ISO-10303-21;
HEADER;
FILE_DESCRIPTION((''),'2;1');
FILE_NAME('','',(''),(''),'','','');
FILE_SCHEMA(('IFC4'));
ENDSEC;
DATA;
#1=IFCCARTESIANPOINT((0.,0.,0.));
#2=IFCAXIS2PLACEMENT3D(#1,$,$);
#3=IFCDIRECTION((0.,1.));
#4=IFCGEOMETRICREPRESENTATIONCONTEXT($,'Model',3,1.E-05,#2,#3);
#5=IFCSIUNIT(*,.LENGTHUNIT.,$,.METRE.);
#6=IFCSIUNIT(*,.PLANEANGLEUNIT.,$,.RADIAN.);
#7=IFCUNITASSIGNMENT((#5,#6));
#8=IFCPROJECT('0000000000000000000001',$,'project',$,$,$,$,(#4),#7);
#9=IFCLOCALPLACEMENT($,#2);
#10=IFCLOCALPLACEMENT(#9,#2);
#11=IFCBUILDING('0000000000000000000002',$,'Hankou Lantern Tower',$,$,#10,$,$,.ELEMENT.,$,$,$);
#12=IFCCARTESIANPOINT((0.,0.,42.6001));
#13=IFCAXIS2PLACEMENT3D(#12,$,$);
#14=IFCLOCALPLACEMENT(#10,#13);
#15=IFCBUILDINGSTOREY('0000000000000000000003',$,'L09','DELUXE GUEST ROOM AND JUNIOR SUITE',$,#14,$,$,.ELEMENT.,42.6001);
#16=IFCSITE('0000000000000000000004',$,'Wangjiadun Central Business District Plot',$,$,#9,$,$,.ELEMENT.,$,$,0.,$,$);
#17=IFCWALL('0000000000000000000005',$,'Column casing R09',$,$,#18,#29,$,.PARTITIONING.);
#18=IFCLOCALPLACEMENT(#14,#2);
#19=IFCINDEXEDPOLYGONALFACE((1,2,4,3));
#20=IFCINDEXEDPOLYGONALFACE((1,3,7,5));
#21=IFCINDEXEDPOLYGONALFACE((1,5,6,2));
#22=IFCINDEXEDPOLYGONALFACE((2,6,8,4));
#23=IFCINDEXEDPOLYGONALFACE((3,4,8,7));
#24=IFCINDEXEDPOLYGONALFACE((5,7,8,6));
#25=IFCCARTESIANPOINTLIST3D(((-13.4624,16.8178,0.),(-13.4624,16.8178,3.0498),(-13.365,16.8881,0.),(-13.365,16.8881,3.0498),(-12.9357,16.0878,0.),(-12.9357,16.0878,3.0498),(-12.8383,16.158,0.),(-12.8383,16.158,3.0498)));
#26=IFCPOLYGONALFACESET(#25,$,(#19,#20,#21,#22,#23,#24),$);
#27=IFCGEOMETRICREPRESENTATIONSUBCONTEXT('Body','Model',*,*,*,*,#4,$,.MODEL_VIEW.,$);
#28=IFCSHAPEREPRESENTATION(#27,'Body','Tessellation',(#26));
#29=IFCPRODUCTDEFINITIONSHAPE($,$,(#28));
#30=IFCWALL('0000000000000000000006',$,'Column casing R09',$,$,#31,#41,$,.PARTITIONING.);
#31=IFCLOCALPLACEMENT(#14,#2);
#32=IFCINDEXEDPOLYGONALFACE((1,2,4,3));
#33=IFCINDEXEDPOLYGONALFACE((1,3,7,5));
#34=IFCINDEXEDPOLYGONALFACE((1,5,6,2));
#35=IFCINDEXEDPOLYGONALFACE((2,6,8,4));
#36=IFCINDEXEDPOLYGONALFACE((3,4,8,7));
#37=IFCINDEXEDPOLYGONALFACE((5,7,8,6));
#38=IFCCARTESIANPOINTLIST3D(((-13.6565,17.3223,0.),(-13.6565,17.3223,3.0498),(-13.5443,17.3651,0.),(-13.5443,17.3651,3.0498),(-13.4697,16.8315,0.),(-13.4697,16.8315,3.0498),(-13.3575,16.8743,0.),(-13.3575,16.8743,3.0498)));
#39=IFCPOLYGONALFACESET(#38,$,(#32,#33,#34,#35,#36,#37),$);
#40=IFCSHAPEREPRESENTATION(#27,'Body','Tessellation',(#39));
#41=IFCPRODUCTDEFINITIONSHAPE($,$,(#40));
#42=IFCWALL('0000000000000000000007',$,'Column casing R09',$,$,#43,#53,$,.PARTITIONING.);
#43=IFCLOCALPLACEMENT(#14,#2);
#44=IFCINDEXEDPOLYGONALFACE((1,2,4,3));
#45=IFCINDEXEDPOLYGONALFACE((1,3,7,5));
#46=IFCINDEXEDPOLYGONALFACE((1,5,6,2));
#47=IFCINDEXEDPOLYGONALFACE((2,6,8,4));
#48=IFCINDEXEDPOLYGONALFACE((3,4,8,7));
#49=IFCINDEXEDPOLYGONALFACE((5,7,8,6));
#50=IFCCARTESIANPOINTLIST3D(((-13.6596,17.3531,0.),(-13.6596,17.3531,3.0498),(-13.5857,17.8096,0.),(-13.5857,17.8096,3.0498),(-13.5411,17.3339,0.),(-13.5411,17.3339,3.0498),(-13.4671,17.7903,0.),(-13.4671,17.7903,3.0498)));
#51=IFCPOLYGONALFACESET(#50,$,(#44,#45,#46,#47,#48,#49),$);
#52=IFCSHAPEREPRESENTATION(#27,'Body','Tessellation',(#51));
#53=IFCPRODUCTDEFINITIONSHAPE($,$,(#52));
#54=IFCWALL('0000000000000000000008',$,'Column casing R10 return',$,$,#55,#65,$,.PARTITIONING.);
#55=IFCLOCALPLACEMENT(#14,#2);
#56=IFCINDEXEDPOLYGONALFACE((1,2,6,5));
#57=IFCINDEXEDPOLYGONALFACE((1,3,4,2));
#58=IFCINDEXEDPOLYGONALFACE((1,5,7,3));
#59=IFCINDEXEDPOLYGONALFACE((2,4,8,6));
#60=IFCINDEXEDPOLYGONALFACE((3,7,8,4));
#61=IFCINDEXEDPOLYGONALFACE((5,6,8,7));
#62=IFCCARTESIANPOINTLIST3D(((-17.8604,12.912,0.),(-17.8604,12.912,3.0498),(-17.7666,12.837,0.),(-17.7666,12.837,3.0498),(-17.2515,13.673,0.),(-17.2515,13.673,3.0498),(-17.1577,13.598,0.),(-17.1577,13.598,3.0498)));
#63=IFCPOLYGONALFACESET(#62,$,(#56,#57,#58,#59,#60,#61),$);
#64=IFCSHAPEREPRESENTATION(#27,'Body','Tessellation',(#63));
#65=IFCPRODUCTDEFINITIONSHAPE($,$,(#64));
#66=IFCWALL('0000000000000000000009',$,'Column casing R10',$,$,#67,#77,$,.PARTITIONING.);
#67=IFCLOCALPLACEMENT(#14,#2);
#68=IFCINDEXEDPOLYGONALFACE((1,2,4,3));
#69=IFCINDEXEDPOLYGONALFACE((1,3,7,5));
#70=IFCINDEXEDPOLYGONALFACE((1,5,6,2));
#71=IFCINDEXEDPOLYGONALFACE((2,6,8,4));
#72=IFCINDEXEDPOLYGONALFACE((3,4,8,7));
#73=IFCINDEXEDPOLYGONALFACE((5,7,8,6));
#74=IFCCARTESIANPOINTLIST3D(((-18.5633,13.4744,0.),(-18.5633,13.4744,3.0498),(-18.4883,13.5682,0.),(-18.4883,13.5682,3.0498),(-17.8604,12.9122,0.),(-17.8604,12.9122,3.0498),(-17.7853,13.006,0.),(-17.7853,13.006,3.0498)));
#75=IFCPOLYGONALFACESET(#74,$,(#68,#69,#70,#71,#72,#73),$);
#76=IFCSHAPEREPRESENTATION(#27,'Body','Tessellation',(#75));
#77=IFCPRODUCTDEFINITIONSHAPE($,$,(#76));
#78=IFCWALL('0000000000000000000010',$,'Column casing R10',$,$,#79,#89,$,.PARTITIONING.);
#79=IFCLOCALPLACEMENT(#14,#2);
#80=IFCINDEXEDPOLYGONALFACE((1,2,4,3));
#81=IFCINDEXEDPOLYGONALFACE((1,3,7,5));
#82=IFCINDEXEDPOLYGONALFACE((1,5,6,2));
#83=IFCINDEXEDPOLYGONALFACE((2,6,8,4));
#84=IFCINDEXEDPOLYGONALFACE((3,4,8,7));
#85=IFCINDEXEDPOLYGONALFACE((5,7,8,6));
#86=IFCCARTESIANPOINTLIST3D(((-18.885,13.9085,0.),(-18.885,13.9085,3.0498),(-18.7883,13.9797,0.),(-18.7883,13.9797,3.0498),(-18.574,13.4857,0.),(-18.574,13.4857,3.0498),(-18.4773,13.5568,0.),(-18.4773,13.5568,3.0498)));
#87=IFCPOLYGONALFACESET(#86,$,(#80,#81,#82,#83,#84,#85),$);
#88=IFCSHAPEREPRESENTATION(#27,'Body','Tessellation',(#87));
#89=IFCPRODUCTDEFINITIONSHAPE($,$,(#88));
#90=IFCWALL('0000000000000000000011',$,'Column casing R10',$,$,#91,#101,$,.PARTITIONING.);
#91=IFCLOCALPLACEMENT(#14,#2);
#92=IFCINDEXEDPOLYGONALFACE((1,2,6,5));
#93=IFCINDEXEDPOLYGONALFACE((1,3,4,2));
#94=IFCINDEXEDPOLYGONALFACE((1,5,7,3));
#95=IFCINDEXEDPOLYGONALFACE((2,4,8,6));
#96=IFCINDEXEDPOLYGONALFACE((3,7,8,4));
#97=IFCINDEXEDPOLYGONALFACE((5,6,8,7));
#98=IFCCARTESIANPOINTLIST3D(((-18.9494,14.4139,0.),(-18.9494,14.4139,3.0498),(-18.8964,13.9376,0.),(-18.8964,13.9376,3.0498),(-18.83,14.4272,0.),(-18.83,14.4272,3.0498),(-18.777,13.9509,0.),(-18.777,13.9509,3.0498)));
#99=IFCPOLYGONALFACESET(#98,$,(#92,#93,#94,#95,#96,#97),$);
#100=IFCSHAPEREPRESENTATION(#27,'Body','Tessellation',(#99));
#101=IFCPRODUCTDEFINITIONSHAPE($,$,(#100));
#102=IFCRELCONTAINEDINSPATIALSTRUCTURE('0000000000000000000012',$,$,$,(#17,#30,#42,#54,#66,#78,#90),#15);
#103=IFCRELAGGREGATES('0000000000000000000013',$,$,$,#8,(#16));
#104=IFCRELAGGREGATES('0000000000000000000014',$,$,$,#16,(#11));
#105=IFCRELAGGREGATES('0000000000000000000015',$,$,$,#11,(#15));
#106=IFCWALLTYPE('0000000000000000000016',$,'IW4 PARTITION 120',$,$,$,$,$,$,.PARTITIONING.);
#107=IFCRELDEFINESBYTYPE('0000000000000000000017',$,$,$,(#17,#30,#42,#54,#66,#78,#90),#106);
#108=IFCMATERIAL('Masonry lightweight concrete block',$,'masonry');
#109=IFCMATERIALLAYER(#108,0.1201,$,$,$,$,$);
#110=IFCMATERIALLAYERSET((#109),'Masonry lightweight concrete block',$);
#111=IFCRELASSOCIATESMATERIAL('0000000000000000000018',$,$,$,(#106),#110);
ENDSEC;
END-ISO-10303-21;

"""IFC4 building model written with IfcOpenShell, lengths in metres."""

from ifc_helpers import new_model, si_unit, direction, frame, frame_2d, origin, place, context, subcontext, project, spatial, rectangle, extrude, material, layer, layer_set, type_object, element, save


model = new_model("IFC4")

# Units and contexts
model_context = context("Model", 3, precision=1e-05, world=origin(), true_north=direction((0.0, 1.0)))
body_context = subcontext(model_context, "Body", "Model", "MODEL_VIEW")
ifc_project = project(units=[si_unit("LENGTHUNIT", "METRE"), si_unit("PLANEANGLEUNIT", "RADIAN")], contexts=[model_context])

# Site, building, storey
site_placement = place(None, origin())
site = spatial("IfcSite", under=ifc_project, at=site_placement, Name="Wangjiadun Central Business District Plot", CompositionType="ELEMENT", RefElevation=0.0)
building_placement = place(site_placement, origin())
building = spatial("IfcBuilding", under=site, at=building_placement, Name="Hankou Lantern Tower", CompositionType="ELEMENT")
storey_placement = place(building_placement, frame((0.0, 0.0, 42.6001)))
storey = spatial("IfcBuildingStorey", under=building, at=storey_placement, Name="L09", Description="DELUXE GUEST ROOM AND JUNIOR SUITE", CompositionType="ELEMENT", Elevation=42.6001)

# Walls
ifc_material_1 = material(Name="Masonry lightweight concrete block", Category="masonry")
ifc_layer_1 = layer(ifc_material_1, 0.1201)
ifc_layer_set_1 = layer_set([ifc_layer_1], Name="Masonry lightweight concrete block")
wall_type_1 = type_object("IfcWallType", Name="IW4 PARTITION 120", PredefinedType="PARTITIONING", material=ifc_layer_set_1)
wall_1_placement = place(storey_placement, frame((-12.887, 16.1228, 0.0), z_axis=(0.0, 0.0, 1.0), x_axis=(-0.585055, 0.810994, 0.0)))
element("IfcWall", 1, at=wall_1_placement, inside=storey, type_object=wall_type_1, Name="Column casing R09", PredefinedType="PARTITIONING", context=body_context, shape_type="SweptSolid", body=[
    extrude(rectangle(XDim=0.9001, YDim=0.1201, at=frame_2d((0.4502, 0.0))), origin(), (0.0, 0.0, 1.0), 3.0498),
])
wall_2_placement = place(storey_placement, frame((-13.4136, 16.8528, 0.0), z_axis=(0.0, 0.0, 1.0), x_axis=(-0.355705, 0.934598, 0.0)))
element("IfcWall", 2, at=wall_2_placement, inside=storey, type_object=wall_type_1, Name="Column casing R09", PredefinedType="PARTITIONING", context=body_context, shape_type="SweptSolid", body=[
    extrude(rectangle(XDim=0.5251, YDim=0.1201, at=frame_2d((0.2627, 0.0))), origin(), (0.0, 0.0, 1.0), 3.0498),
])
wall_3_placement = place(storey_placement, frame((-13.6003, 17.3435, 0.0), z_axis=(0.0, 0.0, 1.0), x_axis=(0.159946, 0.987126, 0.0)))
element("IfcWall", 3, at=wall_3_placement, inside=storey, type_object=wall_type_1, Name="Column casing R09", PredefinedType="PARTITIONING", context=body_context, shape_type="SweptSolid", body=[
    extrude(rectangle(XDim=0.4624, YDim=0.1201, at=frame_2d((0.2312, 0.0))), origin(), (0.0, 0.0, 1.0), 3.0498),
])
wall_4_placement = place(storey_placement, frame((-17.2046, 13.6355, 0.0), z_axis=(0.0, 0.0, 1.0), x_axis=(-0.624756, -0.78082, 0.0)))
element("IfcWall", 4, at=wall_4_placement, inside=storey, type_object=wall_type_1, Name="Column casing R10 return", PredefinedType="PARTITIONING", context=body_context, shape_type="SweptSolid", body=[
    extrude(rectangle(XDim=0.9746, YDim=0.1201, at=frame_2d((0.4873, 0.0))), origin(), (0.0, 0.0, 1.0), 3.0498),
])
wall_5_placement = place(storey_placement, frame((-17.8228, 12.959, 0.0), z_axis=(0.0, 0.0, 1.0), x_axis=(-0.780895, 0.624662, 0.0)))
element("IfcWall", 5, at=wall_5_placement, inside=storey, type_object=wall_type_1, Name="Column casing R10", PredefinedType="PARTITIONING", context=body_context, shape_type="SweptSolid", body=[
    extrude(rectangle(XDim=0.9001, YDim=0.1201, at=frame_2d((0.4502, 0.0))), origin(), (0.0, 0.0, 1.0), 3.0498),
])
wall_6_placement = place(storey_placement, frame((-18.5256, 13.5212, 0.0), z_axis=(0.0, 0.0, 1.0), x_axis=(-0.592533, 0.805547, 0.0)))
element("IfcWall", 6, at=wall_6_placement, inside=storey, type_object=wall_type_1, Name="Column casing R10", PredefinedType="PARTITIONING", context=body_context, shape_type="SweptSolid", body=[
    extrude(rectangle(XDim=0.5249, YDim=0.1201, at=frame_2d((0.2625, 0.0))), origin(), (0.0, 0.0, 1.0), 3.0498),
])
wall_7_placement = place(storey_placement, frame((-18.8367, 13.9441, 0.0), z_axis=(0.0, 0.0, 1.0), x_axis=(-0.110543, 0.993871, 0.0)))
element("IfcWall", 7, at=wall_7_placement, inside=storey, type_object=wall_type_1, Name="Column casing R10", PredefinedType="PARTITIONING", context=body_context, shape_type="SweptSolid", body=[
    extrude(rectangle(XDim=0.4792, YDim=0.1201, at=frame_2d((0.2397, 0.0))), origin(), (0.0, 0.0, 1.0), 3.0498),
])

save(model, "model.ifc")
